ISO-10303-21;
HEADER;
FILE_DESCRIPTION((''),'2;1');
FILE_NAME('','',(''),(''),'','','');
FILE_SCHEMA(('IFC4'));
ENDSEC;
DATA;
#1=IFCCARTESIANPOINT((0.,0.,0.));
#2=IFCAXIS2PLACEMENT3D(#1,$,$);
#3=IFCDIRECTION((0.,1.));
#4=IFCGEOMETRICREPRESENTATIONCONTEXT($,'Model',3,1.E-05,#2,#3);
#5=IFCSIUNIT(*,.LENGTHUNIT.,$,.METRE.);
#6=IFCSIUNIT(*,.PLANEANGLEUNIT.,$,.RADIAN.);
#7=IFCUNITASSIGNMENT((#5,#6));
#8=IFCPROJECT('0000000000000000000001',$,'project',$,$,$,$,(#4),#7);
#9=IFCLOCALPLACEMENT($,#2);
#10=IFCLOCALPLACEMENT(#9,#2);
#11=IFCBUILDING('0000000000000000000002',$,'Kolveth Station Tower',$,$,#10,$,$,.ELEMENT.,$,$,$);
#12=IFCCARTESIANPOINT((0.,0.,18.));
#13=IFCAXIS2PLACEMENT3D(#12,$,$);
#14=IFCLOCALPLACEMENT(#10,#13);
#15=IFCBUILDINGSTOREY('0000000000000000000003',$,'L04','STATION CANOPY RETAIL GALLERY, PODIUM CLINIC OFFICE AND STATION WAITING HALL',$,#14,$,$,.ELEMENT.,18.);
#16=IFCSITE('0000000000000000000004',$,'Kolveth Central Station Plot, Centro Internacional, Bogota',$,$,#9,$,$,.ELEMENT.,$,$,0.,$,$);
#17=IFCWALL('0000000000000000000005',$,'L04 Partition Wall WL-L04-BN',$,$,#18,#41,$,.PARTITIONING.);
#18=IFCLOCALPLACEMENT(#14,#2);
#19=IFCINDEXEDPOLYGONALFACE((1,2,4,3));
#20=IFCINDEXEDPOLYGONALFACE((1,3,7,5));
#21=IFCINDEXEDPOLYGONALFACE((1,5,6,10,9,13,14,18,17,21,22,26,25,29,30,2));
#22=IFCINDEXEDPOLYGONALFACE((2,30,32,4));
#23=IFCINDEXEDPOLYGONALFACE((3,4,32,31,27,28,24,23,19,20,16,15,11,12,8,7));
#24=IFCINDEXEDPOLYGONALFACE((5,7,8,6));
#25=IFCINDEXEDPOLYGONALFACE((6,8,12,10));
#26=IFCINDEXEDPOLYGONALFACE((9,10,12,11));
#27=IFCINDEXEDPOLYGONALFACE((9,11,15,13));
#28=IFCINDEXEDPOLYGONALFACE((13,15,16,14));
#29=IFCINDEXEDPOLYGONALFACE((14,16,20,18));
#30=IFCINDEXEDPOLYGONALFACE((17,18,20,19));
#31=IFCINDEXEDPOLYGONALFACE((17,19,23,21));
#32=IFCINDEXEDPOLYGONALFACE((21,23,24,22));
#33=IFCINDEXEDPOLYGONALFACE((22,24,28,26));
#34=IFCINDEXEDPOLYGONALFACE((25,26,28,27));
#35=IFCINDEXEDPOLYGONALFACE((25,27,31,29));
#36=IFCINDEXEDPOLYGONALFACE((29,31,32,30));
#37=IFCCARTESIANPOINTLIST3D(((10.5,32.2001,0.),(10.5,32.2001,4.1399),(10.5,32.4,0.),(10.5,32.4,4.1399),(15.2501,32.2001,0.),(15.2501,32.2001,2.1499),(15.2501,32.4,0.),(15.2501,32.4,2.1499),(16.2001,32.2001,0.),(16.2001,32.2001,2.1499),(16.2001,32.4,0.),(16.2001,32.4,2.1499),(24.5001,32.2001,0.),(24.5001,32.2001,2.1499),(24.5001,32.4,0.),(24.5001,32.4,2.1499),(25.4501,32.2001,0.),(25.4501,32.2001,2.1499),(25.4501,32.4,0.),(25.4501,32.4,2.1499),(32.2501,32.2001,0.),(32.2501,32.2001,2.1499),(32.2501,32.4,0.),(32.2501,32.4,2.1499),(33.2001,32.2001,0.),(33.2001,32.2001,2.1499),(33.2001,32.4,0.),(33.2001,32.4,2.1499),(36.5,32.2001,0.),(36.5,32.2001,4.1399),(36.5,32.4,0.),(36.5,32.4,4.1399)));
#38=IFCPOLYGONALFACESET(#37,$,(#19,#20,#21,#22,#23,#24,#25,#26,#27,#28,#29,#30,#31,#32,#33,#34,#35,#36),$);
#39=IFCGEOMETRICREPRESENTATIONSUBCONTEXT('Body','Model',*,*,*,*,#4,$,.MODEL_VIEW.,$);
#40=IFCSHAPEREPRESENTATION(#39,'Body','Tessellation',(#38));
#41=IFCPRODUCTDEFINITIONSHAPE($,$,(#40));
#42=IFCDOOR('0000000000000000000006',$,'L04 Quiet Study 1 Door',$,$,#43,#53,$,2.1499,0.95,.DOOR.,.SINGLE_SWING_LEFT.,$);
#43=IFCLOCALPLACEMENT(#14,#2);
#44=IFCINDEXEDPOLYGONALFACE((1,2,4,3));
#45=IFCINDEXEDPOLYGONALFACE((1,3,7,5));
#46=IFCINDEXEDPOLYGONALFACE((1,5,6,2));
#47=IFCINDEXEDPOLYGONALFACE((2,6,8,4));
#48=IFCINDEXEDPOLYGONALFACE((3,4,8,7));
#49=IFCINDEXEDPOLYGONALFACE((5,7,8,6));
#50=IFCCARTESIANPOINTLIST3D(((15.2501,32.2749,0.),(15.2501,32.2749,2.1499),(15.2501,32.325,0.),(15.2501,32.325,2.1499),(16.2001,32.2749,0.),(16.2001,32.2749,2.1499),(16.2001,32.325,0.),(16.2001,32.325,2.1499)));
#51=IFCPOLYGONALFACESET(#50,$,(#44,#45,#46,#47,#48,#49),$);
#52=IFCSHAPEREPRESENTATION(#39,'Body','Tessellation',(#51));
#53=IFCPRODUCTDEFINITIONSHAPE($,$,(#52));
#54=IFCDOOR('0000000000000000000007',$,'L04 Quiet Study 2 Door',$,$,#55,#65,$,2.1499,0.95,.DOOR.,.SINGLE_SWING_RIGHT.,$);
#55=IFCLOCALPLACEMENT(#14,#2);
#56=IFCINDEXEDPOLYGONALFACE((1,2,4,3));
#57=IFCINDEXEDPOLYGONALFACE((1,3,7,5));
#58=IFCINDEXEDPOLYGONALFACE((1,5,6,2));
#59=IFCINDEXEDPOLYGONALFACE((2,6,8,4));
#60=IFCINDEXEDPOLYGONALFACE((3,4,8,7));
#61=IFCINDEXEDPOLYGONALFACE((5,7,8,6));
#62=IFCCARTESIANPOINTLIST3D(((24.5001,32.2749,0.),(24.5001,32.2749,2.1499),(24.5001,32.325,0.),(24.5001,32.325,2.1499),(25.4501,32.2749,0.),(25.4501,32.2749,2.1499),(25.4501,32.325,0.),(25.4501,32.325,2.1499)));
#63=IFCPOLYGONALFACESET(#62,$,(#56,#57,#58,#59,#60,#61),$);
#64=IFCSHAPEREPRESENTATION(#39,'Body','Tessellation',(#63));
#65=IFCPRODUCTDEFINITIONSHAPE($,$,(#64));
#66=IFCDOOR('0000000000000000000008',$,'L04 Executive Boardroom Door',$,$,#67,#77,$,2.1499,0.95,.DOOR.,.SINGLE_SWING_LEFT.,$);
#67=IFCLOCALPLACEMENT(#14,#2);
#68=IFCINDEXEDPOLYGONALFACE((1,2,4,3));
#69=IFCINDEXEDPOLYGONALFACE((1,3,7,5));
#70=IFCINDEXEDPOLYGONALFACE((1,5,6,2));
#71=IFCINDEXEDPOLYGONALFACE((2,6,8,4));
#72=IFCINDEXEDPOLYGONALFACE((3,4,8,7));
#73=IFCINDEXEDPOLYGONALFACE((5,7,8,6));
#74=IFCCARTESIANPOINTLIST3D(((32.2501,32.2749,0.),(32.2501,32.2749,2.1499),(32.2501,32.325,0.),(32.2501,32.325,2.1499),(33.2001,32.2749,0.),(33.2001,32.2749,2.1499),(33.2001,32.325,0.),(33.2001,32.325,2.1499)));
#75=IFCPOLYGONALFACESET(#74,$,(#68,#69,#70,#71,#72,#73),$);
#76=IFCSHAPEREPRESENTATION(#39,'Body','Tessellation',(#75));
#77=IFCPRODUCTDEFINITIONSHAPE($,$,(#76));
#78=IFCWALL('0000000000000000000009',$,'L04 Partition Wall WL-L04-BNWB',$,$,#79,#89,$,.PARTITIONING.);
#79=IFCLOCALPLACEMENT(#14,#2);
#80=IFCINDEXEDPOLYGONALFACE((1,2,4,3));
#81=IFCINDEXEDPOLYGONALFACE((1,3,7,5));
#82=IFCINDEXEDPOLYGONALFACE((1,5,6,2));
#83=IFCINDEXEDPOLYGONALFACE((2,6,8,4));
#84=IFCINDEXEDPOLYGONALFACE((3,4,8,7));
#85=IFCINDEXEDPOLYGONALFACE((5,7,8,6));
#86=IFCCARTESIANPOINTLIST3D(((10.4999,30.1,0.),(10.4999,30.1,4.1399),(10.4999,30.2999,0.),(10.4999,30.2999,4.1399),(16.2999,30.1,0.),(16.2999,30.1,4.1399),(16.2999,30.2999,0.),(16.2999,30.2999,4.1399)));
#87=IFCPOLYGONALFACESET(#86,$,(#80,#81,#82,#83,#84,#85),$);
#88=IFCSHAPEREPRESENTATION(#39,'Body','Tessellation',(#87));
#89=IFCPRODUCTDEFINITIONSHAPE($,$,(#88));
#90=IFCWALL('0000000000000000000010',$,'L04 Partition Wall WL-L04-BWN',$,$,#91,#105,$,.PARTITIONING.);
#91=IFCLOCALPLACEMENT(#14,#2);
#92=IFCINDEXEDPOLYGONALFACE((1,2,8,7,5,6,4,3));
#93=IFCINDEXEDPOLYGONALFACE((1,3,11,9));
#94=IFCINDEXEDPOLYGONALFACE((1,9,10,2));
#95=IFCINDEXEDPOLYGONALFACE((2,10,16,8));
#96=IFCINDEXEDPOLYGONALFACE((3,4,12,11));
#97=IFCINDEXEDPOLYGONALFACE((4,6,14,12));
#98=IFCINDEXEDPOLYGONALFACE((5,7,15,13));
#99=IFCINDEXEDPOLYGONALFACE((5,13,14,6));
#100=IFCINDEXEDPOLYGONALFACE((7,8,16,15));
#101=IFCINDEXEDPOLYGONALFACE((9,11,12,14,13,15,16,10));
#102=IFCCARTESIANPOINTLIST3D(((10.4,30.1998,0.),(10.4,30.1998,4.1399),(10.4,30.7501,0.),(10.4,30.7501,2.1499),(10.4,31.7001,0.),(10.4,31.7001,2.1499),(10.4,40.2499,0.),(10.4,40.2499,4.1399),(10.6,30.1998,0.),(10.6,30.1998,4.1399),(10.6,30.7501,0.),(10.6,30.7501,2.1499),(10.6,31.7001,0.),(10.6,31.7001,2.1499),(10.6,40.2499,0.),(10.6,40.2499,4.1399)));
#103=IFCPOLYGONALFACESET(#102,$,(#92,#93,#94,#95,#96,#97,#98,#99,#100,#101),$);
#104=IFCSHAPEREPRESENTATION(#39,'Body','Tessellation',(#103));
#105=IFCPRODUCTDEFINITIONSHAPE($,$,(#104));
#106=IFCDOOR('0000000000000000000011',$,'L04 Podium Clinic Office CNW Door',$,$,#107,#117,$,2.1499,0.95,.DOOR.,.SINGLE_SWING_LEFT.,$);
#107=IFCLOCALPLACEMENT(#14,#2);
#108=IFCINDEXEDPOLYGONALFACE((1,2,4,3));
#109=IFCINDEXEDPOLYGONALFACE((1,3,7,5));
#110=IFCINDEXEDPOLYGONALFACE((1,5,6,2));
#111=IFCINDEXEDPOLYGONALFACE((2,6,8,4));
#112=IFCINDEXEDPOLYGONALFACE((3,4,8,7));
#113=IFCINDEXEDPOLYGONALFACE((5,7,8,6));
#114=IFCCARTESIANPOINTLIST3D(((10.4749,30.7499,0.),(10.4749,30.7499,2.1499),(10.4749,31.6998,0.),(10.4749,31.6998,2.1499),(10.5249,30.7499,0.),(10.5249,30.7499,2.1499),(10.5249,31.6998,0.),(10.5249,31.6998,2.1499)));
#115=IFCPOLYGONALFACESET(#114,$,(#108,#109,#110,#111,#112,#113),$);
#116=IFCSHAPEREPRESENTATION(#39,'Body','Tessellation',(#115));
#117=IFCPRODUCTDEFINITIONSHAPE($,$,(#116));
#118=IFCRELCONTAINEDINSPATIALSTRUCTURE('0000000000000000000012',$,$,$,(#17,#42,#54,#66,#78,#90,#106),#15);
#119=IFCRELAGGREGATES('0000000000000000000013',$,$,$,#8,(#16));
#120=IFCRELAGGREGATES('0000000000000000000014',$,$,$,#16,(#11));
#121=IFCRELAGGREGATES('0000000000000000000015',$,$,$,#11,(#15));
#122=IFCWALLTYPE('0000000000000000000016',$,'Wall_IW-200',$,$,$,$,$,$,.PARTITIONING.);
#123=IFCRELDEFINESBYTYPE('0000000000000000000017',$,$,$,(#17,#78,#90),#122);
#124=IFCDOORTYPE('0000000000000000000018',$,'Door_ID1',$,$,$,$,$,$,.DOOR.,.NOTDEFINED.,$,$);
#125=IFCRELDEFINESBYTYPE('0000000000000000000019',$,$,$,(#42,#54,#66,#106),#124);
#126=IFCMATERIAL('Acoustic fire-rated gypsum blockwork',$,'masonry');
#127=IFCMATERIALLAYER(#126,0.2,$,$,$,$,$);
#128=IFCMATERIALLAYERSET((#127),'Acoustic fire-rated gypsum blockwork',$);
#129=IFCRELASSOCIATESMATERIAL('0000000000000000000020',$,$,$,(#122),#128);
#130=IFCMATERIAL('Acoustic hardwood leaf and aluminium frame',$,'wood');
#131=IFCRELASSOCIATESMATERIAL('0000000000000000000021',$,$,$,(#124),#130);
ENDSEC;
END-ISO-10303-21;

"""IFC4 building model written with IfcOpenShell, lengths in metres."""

from ifc_helpers import new_model, si_unit, direction, frame, frame_2d, origin, place, context, subcontext, project, spatial, rectangle, extrude, material, layer, layer_set, type_object, element, fill, save


model = new_model("IFC4")

# Units and contexts
model_context = context("Model", 3, precision=1e-05, world=origin(), true_north=direction((0.0, 1.0)))
body_context = subcontext(model_context, "Body", "Model", "MODEL_VIEW")
ifc_project = project(units=[si_unit("LENGTHUNIT", "METRE"), si_unit("PLANEANGLEUNIT", "RADIAN")], contexts=[model_context])

# Site, building, storey
site_placement = place(None, origin())
site = spatial("IfcSite", under=ifc_project, at=site_placement, Name="Kolveth Central Station Plot, Centro Internacional, Bogota", CompositionType="ELEMENT", RefElevation=0.0)
building_placement = place(site_placement, origin())
building = spatial("IfcBuilding", under=site, at=building_placement, Name="Kolveth Station Tower", CompositionType="ELEMENT")
storey_placement = place(building_placement, frame((0.0, 0.0, 18.0)))
storey = spatial("IfcBuildingStorey", under=building, at=storey_placement, Name="L04", Description="STATION CANOPY RETAIL GALLERY, PODIUM CLINIC OFFICE AND STATION WAITING HALL", CompositionType="ELEMENT", Elevation=18.0)

# Wall, openings, doors
ifc_material_1 = material(Name="Acoustic fire-rated gypsum blockwork", Category="masonry")
ifc_layer_1 = layer(ifc_material_1, 0.2)
ifc_layer_set_1 = layer_set([ifc_layer_1], Name="Acoustic fire-rated gypsum blockwork")
wall_type_1 = type_object("IfcWallType", Name="Wall_IW-200", PredefinedType="PARTITIONING", material=ifc_layer_set_1)
wall_1_placement = place(storey_placement, frame((10.5, 32.3, 0.0), z_axis=(0.0, 0.0, 1.0), x_axis=(1.0, 0.0, 0.0)))
wall_1 = element("IfcWall", 1, at=wall_1_placement, inside=storey, type_object=wall_type_1, Name="L04 Partition Wall WL-L04-BN", PredefinedType="PARTITIONING", context=body_context, shape_type="SweptSolid", body=[
    extrude(rectangle(XDim=26.0, YDim=0.2, at=frame_2d((13.0, 0.0))), origin(), (0.0, 0.0, 1.0), 4.1399),
])
opening_1_placement = place(wall_1_placement, frame((4.75, 0.0, 0.0)))
opening_1 = element("IfcOpeningElement", 2, at=opening_1_placement, cuts=wall_1, PredefinedType="OPENING", context=body_context, shape_type="SweptSolid", body=[
    extrude(rectangle(XDim=0.95, YDim=2.1499, at=frame_2d((0.4751, 1.075))), frame((0.0, 0.1099, 0.0), z_axis=(0.0, -1.0, 0.0), x_axis=(1.0, 0.0, 0.0)), (0.0, 0.0, 1.0), 0.22),
])
opening_2_placement = place(wall_1_placement, frame((14.0, 0.0, 0.0)))
opening_2 = element("IfcOpeningElement", 3, at=opening_2_placement, cuts=wall_1, PredefinedType="OPENING", context=body_context, shape_type="SweptSolid", body=[
    extrude(rectangle(XDim=0.95, YDim=2.1499, at=frame_2d((0.4751, 1.075))), frame((0.0, 0.1099, 0.0), z_axis=(0.0, -1.0, 0.0), x_axis=(1.0, 0.0, 0.0)), (0.0, 0.0, 1.0), 0.22),
])
opening_3_placement = place(wall_1_placement, frame((21.75, 0.0, 0.0)))
opening_3 = element("IfcOpeningElement", 4, at=opening_3_placement, cuts=wall_1, PredefinedType="OPENING", context=body_context, shape_type="SweptSolid", body=[
    extrude(rectangle(XDim=0.95, YDim=2.1499, at=frame_2d((0.4751, 1.075))), frame((0.0, 0.1099, 0.0), z_axis=(0.0, -1.0, 0.0), x_axis=(1.0, 0.0, 0.0)), (0.0, 0.0, 1.0), 0.22),
])
ifc_material_2 = material(Name="Acoustic hardwood leaf and aluminium frame", Category="wood")
door_type_1 = type_object("IfcDoorType", Name="Door_ID1", OperationType="NOTDEFINED", PredefinedType="DOOR", material=ifc_material_2)
door_1_placement = place(opening_1_placement, origin())
door_1 = element("IfcDoor", 5, at=door_1_placement, inside=storey, type_object=door_type_1, Name="L04 Quiet Study 1 Door", OperationType="SINGLE_SWING_LEFT", OverallHeight=2.1499, OverallWidth=0.95, PredefinedType="DOOR", context=body_context, shape_type="SweptSolid", body=[
    extrude(rectangle(XDim=0.95, YDim=2.1499, at=frame_2d((0.4751, 1.075))), frame((0.0, 0.0249, 0.0), z_axis=(0.0, -1.0, 0.0), x_axis=(1.0, 0.0, 0.0)), (0.0, 0.0, 1.0), 0.05),
])
fill(opening_1, door_1)
door_2_placement = place(opening_2_placement, origin())
door_2 = element("IfcDoor", 6, at=door_2_placement, inside=storey, type_object=door_type_1, Name="L04 Quiet Study 2 Door", OperationType="SINGLE_SWING_RIGHT", OverallHeight=2.1499, OverallWidth=0.95, PredefinedType="DOOR", context=body_context, shape_type="SweptSolid", body=[
    extrude(rectangle(XDim=0.95, YDim=2.1499, at=frame_2d((0.4751, 1.075))), frame((0.0, 0.0249, 0.0), z_axis=(0.0, -1.0, 0.0), x_axis=(1.0, 0.0, 0.0)), (0.0, 0.0, 1.0), 0.05),
])
fill(opening_2, door_2)
door_3_placement = place(opening_3_placement, origin())
door_3 = element("IfcDoor", 7, at=door_3_placement, inside=storey, type_object=door_type_1, Name="L04 Executive Boardroom Door", OperationType="SINGLE_SWING_LEFT", OverallHeight=2.1499, OverallWidth=0.95, PredefinedType="DOOR", context=body_context, shape_type="SweptSolid", body=[
    extrude(rectangle(XDim=0.95, YDim=2.1499, at=frame_2d((0.4751, 1.075))), frame((0.0, 0.0249, 0.0), z_axis=(0.0, -1.0, 0.0), x_axis=(1.0, 0.0, 0.0)), (0.0, 0.0, 1.0), 0.05),
])
fill(opening_3, door_3)

# Wall
wall_2_placement = place(storey_placement, frame((10.5, 30.2, 0.0), z_axis=(0.0, 0.0, 1.0), x_axis=(1.0, 0.0, 0.0)))
element("IfcWall", 8, at=wall_2_placement, inside=storey, type_object=wall_type_1, Name="L04 Partition Wall WL-L04-BNWB", PredefinedType="PARTITIONING", context=body_context, shape_type="SweptSolid", body=[
    extrude(rectangle(XDim=5.8, YDim=0.2, at=frame_2d((2.8999, 0.0))), origin(), (0.0, 0.0, 1.0), 4.1399),
])

# Wall, opening, door
wall_3_placement = place(storey_placement, frame((10.5, 30.2, 0.0), z_axis=(0.0, 0.0, 1.0), x_axis=(0.0, 1.0, 0.0)))
wall_3 = element("IfcWall", 9, at=wall_3_placement, inside=storey, type_object=wall_type_1, Name="L04 Partition Wall WL-L04-BWN", PredefinedType="PARTITIONING", context=body_context, shape_type="SweptSolid", body=[
    extrude(rectangle(XDim=10.05, YDim=0.2, at=frame_2d((5.0249, 0.0))), origin(), (0.0, 0.0, 1.0), 4.1399),
])
opening_4_placement = place(wall_3_placement, frame((0.55, 0.0, 0.0)))
opening_4 = element("IfcOpeningElement", 10, at=opening_4_placement, cuts=wall_3, PredefinedType="OPENING", context=body_context, shape_type="SweptSolid", body=[
    extrude(rectangle(XDim=0.95, YDim=2.1499, at=frame_2d((0.4751, 1.075))), frame((0.0, 0.1099, 0.0), z_axis=(0.0, -1.0, 0.0), x_axis=(1.0, 0.0, 0.0)), (0.0, 0.0, 1.0), 0.22),
])
door_4_placement = place(opening_4_placement, frame((0.95, 0.0, 0.0), z_axis=(0.0, 0.0, 1.0), x_axis=(-1.0, 0.0, 0.0)))
door_4 = element("IfcDoor", 11, at=door_4_placement, inside=storey, type_object=door_type_1, Name="L04 Podium Clinic Office CNW Door", OperationType="SINGLE_SWING_LEFT", OverallHeight=2.1499, OverallWidth=0.95, PredefinedType="DOOR", context=body_context, shape_type="SweptSolid", body=[
    extrude(rectangle(XDim=0.95, YDim=2.1499, at=frame_2d((0.4751, 1.075))), frame((0.0, 0.0249, 0.0), z_axis=(0.0, -1.0, 0.0), x_axis=(1.0, 0.0, 0.0)), (0.0, 0.0, 1.0), 0.05),
])
fill(opening_4, door_4)

save(model, "model.ifc")
